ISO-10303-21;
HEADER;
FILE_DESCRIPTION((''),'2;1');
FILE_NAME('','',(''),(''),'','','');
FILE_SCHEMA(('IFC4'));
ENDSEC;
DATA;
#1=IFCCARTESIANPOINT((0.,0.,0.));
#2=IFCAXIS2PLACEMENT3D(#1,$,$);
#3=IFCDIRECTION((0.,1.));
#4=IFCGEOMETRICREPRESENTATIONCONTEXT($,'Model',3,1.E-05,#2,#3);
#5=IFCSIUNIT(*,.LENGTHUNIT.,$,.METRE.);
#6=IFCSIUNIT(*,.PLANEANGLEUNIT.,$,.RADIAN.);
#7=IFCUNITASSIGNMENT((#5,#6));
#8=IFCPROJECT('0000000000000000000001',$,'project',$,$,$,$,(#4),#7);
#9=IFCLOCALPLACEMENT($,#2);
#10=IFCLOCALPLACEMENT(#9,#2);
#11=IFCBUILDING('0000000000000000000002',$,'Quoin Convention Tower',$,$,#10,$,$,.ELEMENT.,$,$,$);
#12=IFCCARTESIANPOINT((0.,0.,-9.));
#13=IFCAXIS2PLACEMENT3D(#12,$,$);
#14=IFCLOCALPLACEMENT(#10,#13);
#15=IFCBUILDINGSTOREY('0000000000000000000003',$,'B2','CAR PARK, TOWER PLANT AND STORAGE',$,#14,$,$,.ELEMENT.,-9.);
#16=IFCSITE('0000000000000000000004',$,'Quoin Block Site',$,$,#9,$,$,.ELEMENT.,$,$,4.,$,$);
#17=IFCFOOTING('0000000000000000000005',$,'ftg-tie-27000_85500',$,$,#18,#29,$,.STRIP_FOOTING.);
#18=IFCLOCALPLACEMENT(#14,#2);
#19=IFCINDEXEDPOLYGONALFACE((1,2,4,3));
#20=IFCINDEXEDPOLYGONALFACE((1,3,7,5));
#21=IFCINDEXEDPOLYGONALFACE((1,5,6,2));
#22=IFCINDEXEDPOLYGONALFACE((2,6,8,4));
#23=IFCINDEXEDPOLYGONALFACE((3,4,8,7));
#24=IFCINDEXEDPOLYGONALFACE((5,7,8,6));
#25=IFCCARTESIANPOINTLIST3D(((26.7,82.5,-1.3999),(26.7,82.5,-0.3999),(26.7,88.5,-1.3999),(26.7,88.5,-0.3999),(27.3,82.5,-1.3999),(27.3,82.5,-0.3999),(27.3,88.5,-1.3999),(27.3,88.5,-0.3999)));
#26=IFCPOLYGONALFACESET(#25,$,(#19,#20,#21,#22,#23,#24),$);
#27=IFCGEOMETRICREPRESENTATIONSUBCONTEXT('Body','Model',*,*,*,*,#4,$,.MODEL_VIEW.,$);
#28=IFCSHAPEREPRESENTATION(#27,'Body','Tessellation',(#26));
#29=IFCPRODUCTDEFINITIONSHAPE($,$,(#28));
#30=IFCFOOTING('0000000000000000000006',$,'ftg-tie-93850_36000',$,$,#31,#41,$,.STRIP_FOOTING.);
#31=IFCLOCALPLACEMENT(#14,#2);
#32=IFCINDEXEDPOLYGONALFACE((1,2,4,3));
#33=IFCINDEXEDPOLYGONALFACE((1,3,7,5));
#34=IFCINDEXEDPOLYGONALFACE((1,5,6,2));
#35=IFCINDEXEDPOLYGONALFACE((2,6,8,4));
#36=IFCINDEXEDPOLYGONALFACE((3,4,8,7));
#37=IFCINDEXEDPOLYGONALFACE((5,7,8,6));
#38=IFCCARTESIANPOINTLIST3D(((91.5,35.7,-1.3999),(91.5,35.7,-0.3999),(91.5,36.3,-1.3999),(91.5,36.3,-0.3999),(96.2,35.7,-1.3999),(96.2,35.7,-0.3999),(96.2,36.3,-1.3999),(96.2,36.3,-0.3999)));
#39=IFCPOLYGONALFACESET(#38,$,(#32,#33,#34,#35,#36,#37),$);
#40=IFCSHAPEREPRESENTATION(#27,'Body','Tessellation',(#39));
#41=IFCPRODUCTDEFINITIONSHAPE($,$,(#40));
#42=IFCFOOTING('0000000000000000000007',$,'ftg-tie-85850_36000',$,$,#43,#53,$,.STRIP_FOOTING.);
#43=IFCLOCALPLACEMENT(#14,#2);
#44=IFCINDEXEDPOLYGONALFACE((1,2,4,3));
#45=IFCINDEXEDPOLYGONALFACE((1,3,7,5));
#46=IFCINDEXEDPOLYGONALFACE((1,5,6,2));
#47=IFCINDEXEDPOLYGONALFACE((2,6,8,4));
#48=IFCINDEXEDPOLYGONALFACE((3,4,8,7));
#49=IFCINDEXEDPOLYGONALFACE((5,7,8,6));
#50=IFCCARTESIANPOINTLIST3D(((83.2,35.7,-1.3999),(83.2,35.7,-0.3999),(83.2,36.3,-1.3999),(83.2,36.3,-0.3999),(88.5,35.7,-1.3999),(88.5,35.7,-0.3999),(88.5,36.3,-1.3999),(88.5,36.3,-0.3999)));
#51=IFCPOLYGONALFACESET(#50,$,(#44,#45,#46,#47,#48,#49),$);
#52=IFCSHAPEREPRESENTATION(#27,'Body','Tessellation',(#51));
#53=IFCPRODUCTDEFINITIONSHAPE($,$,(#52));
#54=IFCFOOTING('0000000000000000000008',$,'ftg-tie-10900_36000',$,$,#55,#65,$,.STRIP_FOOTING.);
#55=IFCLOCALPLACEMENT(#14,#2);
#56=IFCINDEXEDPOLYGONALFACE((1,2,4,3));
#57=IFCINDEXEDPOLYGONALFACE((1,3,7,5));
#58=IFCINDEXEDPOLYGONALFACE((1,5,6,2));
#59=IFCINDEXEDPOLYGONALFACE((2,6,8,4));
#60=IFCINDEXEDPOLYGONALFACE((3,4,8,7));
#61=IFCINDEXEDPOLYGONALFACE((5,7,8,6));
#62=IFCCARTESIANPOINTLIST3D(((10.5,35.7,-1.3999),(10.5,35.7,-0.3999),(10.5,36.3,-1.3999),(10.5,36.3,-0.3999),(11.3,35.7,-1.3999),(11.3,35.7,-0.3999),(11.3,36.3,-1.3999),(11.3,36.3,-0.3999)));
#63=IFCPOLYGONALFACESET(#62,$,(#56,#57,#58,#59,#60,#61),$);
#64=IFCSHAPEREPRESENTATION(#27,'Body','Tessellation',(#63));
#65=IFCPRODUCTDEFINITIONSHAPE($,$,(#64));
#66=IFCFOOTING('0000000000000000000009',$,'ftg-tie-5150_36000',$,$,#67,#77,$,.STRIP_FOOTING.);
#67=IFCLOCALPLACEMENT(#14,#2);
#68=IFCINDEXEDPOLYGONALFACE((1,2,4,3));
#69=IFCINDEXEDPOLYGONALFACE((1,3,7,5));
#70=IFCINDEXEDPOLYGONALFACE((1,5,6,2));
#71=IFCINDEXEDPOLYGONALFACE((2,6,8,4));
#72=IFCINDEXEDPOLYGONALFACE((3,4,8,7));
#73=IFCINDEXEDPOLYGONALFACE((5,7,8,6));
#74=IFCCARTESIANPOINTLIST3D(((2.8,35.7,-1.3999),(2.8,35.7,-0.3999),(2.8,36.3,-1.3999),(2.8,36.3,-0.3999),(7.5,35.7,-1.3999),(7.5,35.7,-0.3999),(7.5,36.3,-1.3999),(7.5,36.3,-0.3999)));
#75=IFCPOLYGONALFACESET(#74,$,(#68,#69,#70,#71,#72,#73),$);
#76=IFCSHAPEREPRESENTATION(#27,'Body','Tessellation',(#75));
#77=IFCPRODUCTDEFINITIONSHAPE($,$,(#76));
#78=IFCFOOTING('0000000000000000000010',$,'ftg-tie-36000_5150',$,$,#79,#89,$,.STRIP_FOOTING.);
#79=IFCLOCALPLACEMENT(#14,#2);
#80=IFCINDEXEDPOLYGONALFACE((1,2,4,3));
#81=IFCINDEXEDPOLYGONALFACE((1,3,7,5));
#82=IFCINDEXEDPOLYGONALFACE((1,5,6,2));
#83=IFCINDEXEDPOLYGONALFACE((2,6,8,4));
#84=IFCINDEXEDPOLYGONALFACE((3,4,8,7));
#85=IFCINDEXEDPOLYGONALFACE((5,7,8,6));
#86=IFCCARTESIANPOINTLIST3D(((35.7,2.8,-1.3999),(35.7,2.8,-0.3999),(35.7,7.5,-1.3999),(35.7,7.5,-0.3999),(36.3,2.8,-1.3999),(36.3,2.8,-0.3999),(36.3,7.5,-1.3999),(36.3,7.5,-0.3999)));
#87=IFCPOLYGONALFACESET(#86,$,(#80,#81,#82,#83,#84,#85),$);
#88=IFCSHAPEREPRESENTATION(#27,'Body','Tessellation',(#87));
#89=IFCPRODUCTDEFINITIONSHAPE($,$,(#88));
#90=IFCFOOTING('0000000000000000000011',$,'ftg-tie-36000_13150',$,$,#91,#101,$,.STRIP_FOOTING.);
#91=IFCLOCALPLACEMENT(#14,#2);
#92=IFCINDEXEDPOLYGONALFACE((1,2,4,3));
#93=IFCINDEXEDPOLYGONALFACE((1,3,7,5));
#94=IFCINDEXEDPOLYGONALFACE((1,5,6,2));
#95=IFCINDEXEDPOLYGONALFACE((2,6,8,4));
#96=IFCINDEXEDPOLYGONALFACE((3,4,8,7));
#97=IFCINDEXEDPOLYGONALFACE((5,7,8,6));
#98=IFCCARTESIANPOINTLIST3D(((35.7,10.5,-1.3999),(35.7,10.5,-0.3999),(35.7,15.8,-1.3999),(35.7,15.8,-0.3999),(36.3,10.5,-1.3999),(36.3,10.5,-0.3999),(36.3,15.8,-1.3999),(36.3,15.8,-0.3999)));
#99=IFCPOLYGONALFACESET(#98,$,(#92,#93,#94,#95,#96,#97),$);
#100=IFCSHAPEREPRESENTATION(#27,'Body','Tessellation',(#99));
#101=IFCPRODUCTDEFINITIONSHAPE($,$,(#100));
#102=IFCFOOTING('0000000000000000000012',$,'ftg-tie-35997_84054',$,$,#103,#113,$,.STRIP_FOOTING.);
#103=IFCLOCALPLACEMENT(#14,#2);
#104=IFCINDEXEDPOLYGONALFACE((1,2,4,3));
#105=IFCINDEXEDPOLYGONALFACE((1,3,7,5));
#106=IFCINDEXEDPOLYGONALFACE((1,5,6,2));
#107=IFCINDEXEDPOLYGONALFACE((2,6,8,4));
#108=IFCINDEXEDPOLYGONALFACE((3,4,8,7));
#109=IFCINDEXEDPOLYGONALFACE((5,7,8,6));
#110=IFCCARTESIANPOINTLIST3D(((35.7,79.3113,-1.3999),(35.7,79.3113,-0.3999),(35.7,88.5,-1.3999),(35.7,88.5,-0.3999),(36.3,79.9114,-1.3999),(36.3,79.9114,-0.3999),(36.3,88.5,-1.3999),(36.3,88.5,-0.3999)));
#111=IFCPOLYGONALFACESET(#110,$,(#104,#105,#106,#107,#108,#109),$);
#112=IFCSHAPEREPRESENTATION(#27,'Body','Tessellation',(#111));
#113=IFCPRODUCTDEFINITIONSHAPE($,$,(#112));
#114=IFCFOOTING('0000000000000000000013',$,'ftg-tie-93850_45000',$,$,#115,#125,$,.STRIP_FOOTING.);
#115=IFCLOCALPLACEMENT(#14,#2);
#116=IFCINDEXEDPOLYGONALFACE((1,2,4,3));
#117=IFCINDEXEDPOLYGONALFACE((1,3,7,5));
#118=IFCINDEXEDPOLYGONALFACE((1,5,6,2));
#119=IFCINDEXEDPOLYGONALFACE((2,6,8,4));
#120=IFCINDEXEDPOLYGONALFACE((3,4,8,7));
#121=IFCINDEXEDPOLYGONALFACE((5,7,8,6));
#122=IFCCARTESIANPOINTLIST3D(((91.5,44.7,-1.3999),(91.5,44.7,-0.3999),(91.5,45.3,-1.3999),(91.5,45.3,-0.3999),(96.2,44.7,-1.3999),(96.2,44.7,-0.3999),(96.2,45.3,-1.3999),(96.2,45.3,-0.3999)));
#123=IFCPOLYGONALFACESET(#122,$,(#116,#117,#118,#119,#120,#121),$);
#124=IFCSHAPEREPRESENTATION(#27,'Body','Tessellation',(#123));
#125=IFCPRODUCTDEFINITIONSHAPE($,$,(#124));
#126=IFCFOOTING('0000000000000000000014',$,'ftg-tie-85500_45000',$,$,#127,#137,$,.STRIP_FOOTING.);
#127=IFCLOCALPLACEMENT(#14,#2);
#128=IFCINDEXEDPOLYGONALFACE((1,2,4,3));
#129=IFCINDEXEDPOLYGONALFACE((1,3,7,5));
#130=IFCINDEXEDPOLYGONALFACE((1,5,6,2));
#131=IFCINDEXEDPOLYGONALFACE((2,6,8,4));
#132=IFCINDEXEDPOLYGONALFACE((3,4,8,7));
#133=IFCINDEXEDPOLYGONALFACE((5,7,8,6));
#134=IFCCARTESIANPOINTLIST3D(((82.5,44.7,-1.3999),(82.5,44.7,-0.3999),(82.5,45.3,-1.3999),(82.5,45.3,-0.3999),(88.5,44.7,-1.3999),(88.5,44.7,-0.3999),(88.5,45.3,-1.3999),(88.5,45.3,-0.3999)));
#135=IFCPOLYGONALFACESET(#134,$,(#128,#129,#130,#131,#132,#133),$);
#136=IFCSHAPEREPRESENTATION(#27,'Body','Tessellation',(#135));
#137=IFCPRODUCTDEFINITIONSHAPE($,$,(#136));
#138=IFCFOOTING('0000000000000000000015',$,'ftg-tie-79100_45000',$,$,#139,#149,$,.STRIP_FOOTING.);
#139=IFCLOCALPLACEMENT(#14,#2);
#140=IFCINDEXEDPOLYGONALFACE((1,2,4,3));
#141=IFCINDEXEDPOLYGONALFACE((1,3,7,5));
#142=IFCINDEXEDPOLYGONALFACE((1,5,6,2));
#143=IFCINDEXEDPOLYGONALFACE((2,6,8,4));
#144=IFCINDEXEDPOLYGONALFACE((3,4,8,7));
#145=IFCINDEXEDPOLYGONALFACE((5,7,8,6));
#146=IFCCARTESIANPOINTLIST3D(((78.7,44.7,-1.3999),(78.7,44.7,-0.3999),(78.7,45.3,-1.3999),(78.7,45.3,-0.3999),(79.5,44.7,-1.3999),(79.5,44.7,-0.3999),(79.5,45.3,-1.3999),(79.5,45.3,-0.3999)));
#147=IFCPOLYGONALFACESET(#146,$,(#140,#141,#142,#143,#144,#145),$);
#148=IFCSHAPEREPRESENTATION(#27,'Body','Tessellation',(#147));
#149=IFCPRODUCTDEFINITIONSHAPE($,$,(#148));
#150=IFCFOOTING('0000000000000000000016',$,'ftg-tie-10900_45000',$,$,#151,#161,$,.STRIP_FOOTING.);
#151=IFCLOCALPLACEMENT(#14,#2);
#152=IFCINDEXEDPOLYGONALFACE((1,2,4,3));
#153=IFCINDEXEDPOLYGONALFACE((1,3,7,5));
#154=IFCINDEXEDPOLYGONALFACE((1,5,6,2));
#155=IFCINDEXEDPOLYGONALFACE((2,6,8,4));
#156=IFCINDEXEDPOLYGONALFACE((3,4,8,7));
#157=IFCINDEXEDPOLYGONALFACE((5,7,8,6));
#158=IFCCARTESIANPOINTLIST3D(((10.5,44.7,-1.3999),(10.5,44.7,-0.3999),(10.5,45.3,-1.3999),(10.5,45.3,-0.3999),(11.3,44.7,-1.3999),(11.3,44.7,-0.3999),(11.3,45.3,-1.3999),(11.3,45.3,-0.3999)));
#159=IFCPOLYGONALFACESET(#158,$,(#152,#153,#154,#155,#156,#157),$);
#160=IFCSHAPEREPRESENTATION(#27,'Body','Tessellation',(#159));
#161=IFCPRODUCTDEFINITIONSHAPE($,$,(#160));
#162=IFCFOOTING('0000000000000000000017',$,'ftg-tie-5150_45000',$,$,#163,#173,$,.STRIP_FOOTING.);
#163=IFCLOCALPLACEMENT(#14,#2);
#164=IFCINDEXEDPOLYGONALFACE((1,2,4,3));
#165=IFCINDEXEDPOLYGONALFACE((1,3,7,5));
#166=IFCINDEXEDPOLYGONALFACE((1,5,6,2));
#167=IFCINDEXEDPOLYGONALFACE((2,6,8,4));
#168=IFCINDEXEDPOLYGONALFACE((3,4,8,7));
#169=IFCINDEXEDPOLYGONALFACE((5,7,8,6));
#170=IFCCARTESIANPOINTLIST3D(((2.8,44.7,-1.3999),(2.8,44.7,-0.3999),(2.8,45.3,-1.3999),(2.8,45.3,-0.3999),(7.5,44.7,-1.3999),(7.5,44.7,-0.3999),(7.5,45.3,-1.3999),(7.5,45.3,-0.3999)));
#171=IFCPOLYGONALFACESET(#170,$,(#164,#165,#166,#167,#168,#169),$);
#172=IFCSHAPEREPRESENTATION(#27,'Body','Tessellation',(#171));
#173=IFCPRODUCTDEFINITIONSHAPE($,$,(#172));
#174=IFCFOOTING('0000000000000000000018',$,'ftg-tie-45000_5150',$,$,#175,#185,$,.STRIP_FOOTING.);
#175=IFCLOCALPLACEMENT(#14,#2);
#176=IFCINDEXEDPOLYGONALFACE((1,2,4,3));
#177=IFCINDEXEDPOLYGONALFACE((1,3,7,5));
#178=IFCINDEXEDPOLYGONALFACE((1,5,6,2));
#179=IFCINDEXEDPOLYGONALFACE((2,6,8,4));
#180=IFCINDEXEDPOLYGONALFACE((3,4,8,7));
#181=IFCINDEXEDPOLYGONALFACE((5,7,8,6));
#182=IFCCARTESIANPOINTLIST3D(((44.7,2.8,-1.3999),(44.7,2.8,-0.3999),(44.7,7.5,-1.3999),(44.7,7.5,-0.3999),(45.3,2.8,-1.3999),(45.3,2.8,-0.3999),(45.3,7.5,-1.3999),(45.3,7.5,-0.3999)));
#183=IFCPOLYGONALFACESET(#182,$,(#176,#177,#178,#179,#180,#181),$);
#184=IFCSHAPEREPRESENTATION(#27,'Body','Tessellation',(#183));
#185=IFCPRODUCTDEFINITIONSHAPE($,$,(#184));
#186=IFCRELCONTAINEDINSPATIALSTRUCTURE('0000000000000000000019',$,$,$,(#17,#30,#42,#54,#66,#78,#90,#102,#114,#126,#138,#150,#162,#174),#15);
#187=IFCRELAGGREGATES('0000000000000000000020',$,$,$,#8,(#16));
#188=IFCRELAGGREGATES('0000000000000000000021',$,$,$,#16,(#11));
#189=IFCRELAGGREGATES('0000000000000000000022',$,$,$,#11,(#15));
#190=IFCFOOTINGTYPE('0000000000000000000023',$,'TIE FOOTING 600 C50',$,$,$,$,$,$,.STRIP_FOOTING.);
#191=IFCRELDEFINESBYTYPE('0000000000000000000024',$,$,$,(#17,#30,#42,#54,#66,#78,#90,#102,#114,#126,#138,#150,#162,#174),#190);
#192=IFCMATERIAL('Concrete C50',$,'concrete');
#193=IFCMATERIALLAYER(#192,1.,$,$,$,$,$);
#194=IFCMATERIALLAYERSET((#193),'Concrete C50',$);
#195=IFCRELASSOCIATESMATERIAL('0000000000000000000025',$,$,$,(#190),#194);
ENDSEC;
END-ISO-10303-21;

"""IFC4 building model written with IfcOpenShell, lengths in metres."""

from ifc_helpers import new_model, si_unit, direction, frame, origin, place, context, subcontext, project, spatial, polyline, outline, extrude, material, layer, layer_set, type_object, element, save


model = new_model("IFC4")

# Units and contexts
model_context = context("Model", 3, precision=1e-05, world=origin(), true_north=direction((0.0, 1.0)))
body_context = subcontext(model_context, "Body", "Model", "MODEL_VIEW")
ifc_project = project(units=[si_unit("LENGTHUNIT", "METRE"), si_unit("PLANEANGLEUNIT", "RADIAN")], contexts=[model_context])

# Site, building, storey
site_placement = place(None, origin())
site = spatial("IfcSite", under=ifc_project, at=site_placement, Name="Quoin Block Site", CompositionType="ELEMENT", RefElevation=4.0)
building_placement = place(site_placement, origin())
building = spatial("IfcBuilding", under=site, at=building_placement, Name="Quoin Convention Tower", CompositionType="ELEMENT")
storey_placement = place(building_placement, frame((0.0, 0.0, -9.0)))
storey = spatial("IfcBuildingStorey", under=building, at=storey_placement, Name="B2", Description="CAR PARK, TOWER PLANT AND STORAGE", CompositionType="ELEMENT", Elevation=-9.0)

# Footings
ifc_material = material(Name="Concrete C50", Category="concrete")
ifc_layer = layer(ifc_material, 1.0)
ifc_layer_set = layer_set([ifc_layer], Name="Concrete C50")
footing_type = type_object("IfcFootingType", Name="TIE FOOTING 600 C50", PredefinedType="STRIP_FOOTING", material=ifc_layer_set)
footing_1_placement = place(storey_placement, frame((0.0, 0.0, -1.3999)))
element("IfcFooting", 1, at=footing_1_placement, inside=storey, type_object=footing_type, Name="ftg-tie-27000_85500", PredefinedType="STRIP_FOOTING", context=body_context, shape_type="SweptSolid", body=[
    extrude(outline(polyline([(26.7, 88.5), (27.3, 88.5), (27.3, 82.5), (26.7, 82.5), (26.7, 88.5)])), origin(), (0.0, 0.0, 1.0), 1.0),
])
footing_2_placement = place(storey_placement, frame((0.0, 0.0, -1.3999)))
element("IfcFooting", 2, at=footing_2_placement, inside=storey, type_object=footing_type, Name="ftg-tie-93850_36000", PredefinedType="STRIP_FOOTING", context=body_context, shape_type="SweptSolid", body=[
    extrude(outline(polyline([(91.5, 36.3), (96.2, 36.3), (96.2, 35.7), (91.5, 35.7), (91.5, 36.3)])), origin(), (0.0, 0.0, 1.0), 1.0),
])
footing_3_placement = place(storey_placement, frame((0.0, 0.0, -1.3999)))
element("IfcFooting", 3, at=footing_3_placement, inside=storey, type_object=footing_type, Name="ftg-tie-85850_36000", PredefinedType="STRIP_FOOTING", context=body_context, shape_type="SweptSolid", body=[
    extrude(outline(polyline([(83.2, 36.3), (88.5, 36.3), (88.5, 35.7), (83.2, 35.7), (83.2, 36.3)])), origin(), (0.0, 0.0, 1.0), 1.0),
])
footing_4_placement = place(storey_placement, frame((0.0, 0.0, -1.3999)))
element("IfcFooting", 4, at=footing_4_placement, inside=storey, type_object=footing_type, Name="ftg-tie-10900_36000", PredefinedType="STRIP_FOOTING", context=body_context, shape_type="SweptSolid", body=[
    extrude(outline(polyline([(10.5, 36.3), (11.3, 36.3), (11.3, 35.7), (10.5, 35.7), (10.5, 36.3)])), origin(), (0.0, 0.0, 1.0), 1.0),
])
footing_5_placement = place(storey_placement, frame((0.0, 0.0, -1.3999)))
element("IfcFooting", 5, at=footing_5_placement, inside=storey, type_object=footing_type, Name="ftg-tie-5150_36000", PredefinedType="STRIP_FOOTING", context=body_context, shape_type="SweptSolid", body=[
    extrude(outline(polyline([(2.8, 36.3), (7.5, 36.3), (7.5, 35.7), (2.8, 35.7), (2.8, 36.3)])), origin(), (0.0, 0.0, 1.0), 1.0),
])
footing_6_placement = place(storey_placement, frame((0.0, 0.0, -1.3999)))
element("IfcFooting", 6, at=footing_6_placement, inside=storey, type_object=footing_type, Name="ftg-tie-36000_5150", PredefinedType="STRIP_FOOTING", context=body_context, shape_type="SweptSolid", body=[
    extrude(outline(polyline([(36.3, 7.5), (36.3, 2.8), (35.7, 2.8), (35.7, 7.5), (36.3, 7.5)])), origin(), (0.0, 0.0, 1.0), 1.0),
])
footing_7_placement = place(storey_placement, frame((0.0, 0.0, -1.3999)))
element("IfcFooting", 7, at=footing_7_placement, inside=storey, type_object=footing_type, Name="ftg-tie-36000_13150", PredefinedType="STRIP_FOOTING", context=body_context, shape_type="SweptSolid", body=[
    extrude(outline(polyline([(36.3, 15.8), (36.3, 10.5), (35.7, 10.5), (35.7, 15.8), (36.3, 15.8)])), origin(), (0.0, 0.0, 1.0), 1.0),
])
footing_8_placement = place(storey_placement, frame((0.0, 0.0, -1.3999)))
element("IfcFooting", 8, at=footing_8_placement, inside=storey, type_object=footing_type, Name="ftg-tie-35997_84054", PredefinedType="STRIP_FOOTING", context=body_context, shape_type="SweptSolid", body=[
    extrude(outline(polyline([(36.3, 88.5), (36.3, 79.9114), (35.7, 79.3113), (35.7, 88.5), (36.3, 88.5)])), origin(), (0.0, 0.0, 1.0), 1.0),
])
footing_9_placement = place(storey_placement, frame((0.0, 0.0, -1.3999)))
element("IfcFooting", 9, at=footing_9_placement, inside=storey, type_object=footing_type, Name="ftg-tie-93850_45000", PredefinedType="STRIP_FOOTING", context=body_context, shape_type="SweptSolid", body=[
    extrude(outline(polyline([(91.5, 44.7), (91.5, 45.3), (96.2, 45.3), (96.2, 44.7), (91.5, 44.7)])), origin(), (0.0, 0.0, 1.0), 1.0),
])
footing_10_placement = place(storey_placement, frame((0.0, 0.0, -1.3999)))
element("IfcFooting", 10, at=footing_10_placement, inside=storey, type_object=footing_type, Name="ftg-tie-85500_45000", PredefinedType="STRIP_FOOTING", context=body_context, shape_type="SweptSolid", body=[
    extrude(outline(polyline([(82.5, 44.7), (82.5, 45.3), (88.5, 45.3), (88.5, 44.7), (82.5, 44.7)])), origin(), (0.0, 0.0, 1.0), 1.0),
])
footing_11_placement = place(storey_placement, frame((0.0, 0.0, -1.3999)))
element("IfcFooting", 11, at=footing_11_placement, inside=storey, type_object=footing_type, Name="ftg-tie-79100_45000", PredefinedType="STRIP_FOOTING", context=body_context, shape_type="SweptSolid", body=[
    extrude(outline(polyline([(78.7, 44.7), (78.7, 45.3), (79.5, 45.3), (79.5, 44.7), (78.7, 44.7)])), origin(), (0.0, 0.0, 1.0), 1.0),
])
footing_12_placement = place(storey_placement, frame((0.0, 0.0, -1.3999)))
element("IfcFooting", 12, at=footing_12_placement, inside=storey, type_object=footing_type, Name="ftg-tie-10900_45000", PredefinedType="STRIP_FOOTING", context=body_context, shape_type="SweptSolid", body=[
    extrude(outline(polyline([(10.5, 44.7), (10.5, 45.3), (11.3, 45.3), (11.3, 44.7), (10.5, 44.7)])), origin(), (0.0, 0.0, 1.0), 1.0),
])
footing_13_placement = place(storey_placement, frame((0.0, 0.0, -1.3999)))
element("IfcFooting", 13, at=footing_13_placement, inside=storey, type_object=footing_type, Name="ftg-tie-5150_45000", PredefinedType="STRIP_FOOTING", context=body_context, shape_type="SweptSolid", body=[
    extrude(outline(polyline([(2.8, 44.7), (2.8, 45.3), (7.5, 45.3), (7.5, 44.7), (2.8, 44.7)])), origin(), (0.0, 0.0, 1.0), 1.0),
])
footing_14_placement = place(storey_placement, frame((0.0, 0.0, -1.3999)))
element("IfcFooting", 14, at=footing_14_placement, inside=storey, type_object=footing_type, Name="ftg-tie-45000_5150", PredefinedType="STRIP_FOOTING", context=body_context, shape_type="SweptSolid", body=[
    extrude(outline(polyline([(45.3, 7.5), (45.3, 2.8), (44.7, 2.8), (44.7, 7.5), (45.3, 7.5)])), origin(), (0.0, 0.0, 1.0), 1.0),
])

save(model, "model.ifc")
